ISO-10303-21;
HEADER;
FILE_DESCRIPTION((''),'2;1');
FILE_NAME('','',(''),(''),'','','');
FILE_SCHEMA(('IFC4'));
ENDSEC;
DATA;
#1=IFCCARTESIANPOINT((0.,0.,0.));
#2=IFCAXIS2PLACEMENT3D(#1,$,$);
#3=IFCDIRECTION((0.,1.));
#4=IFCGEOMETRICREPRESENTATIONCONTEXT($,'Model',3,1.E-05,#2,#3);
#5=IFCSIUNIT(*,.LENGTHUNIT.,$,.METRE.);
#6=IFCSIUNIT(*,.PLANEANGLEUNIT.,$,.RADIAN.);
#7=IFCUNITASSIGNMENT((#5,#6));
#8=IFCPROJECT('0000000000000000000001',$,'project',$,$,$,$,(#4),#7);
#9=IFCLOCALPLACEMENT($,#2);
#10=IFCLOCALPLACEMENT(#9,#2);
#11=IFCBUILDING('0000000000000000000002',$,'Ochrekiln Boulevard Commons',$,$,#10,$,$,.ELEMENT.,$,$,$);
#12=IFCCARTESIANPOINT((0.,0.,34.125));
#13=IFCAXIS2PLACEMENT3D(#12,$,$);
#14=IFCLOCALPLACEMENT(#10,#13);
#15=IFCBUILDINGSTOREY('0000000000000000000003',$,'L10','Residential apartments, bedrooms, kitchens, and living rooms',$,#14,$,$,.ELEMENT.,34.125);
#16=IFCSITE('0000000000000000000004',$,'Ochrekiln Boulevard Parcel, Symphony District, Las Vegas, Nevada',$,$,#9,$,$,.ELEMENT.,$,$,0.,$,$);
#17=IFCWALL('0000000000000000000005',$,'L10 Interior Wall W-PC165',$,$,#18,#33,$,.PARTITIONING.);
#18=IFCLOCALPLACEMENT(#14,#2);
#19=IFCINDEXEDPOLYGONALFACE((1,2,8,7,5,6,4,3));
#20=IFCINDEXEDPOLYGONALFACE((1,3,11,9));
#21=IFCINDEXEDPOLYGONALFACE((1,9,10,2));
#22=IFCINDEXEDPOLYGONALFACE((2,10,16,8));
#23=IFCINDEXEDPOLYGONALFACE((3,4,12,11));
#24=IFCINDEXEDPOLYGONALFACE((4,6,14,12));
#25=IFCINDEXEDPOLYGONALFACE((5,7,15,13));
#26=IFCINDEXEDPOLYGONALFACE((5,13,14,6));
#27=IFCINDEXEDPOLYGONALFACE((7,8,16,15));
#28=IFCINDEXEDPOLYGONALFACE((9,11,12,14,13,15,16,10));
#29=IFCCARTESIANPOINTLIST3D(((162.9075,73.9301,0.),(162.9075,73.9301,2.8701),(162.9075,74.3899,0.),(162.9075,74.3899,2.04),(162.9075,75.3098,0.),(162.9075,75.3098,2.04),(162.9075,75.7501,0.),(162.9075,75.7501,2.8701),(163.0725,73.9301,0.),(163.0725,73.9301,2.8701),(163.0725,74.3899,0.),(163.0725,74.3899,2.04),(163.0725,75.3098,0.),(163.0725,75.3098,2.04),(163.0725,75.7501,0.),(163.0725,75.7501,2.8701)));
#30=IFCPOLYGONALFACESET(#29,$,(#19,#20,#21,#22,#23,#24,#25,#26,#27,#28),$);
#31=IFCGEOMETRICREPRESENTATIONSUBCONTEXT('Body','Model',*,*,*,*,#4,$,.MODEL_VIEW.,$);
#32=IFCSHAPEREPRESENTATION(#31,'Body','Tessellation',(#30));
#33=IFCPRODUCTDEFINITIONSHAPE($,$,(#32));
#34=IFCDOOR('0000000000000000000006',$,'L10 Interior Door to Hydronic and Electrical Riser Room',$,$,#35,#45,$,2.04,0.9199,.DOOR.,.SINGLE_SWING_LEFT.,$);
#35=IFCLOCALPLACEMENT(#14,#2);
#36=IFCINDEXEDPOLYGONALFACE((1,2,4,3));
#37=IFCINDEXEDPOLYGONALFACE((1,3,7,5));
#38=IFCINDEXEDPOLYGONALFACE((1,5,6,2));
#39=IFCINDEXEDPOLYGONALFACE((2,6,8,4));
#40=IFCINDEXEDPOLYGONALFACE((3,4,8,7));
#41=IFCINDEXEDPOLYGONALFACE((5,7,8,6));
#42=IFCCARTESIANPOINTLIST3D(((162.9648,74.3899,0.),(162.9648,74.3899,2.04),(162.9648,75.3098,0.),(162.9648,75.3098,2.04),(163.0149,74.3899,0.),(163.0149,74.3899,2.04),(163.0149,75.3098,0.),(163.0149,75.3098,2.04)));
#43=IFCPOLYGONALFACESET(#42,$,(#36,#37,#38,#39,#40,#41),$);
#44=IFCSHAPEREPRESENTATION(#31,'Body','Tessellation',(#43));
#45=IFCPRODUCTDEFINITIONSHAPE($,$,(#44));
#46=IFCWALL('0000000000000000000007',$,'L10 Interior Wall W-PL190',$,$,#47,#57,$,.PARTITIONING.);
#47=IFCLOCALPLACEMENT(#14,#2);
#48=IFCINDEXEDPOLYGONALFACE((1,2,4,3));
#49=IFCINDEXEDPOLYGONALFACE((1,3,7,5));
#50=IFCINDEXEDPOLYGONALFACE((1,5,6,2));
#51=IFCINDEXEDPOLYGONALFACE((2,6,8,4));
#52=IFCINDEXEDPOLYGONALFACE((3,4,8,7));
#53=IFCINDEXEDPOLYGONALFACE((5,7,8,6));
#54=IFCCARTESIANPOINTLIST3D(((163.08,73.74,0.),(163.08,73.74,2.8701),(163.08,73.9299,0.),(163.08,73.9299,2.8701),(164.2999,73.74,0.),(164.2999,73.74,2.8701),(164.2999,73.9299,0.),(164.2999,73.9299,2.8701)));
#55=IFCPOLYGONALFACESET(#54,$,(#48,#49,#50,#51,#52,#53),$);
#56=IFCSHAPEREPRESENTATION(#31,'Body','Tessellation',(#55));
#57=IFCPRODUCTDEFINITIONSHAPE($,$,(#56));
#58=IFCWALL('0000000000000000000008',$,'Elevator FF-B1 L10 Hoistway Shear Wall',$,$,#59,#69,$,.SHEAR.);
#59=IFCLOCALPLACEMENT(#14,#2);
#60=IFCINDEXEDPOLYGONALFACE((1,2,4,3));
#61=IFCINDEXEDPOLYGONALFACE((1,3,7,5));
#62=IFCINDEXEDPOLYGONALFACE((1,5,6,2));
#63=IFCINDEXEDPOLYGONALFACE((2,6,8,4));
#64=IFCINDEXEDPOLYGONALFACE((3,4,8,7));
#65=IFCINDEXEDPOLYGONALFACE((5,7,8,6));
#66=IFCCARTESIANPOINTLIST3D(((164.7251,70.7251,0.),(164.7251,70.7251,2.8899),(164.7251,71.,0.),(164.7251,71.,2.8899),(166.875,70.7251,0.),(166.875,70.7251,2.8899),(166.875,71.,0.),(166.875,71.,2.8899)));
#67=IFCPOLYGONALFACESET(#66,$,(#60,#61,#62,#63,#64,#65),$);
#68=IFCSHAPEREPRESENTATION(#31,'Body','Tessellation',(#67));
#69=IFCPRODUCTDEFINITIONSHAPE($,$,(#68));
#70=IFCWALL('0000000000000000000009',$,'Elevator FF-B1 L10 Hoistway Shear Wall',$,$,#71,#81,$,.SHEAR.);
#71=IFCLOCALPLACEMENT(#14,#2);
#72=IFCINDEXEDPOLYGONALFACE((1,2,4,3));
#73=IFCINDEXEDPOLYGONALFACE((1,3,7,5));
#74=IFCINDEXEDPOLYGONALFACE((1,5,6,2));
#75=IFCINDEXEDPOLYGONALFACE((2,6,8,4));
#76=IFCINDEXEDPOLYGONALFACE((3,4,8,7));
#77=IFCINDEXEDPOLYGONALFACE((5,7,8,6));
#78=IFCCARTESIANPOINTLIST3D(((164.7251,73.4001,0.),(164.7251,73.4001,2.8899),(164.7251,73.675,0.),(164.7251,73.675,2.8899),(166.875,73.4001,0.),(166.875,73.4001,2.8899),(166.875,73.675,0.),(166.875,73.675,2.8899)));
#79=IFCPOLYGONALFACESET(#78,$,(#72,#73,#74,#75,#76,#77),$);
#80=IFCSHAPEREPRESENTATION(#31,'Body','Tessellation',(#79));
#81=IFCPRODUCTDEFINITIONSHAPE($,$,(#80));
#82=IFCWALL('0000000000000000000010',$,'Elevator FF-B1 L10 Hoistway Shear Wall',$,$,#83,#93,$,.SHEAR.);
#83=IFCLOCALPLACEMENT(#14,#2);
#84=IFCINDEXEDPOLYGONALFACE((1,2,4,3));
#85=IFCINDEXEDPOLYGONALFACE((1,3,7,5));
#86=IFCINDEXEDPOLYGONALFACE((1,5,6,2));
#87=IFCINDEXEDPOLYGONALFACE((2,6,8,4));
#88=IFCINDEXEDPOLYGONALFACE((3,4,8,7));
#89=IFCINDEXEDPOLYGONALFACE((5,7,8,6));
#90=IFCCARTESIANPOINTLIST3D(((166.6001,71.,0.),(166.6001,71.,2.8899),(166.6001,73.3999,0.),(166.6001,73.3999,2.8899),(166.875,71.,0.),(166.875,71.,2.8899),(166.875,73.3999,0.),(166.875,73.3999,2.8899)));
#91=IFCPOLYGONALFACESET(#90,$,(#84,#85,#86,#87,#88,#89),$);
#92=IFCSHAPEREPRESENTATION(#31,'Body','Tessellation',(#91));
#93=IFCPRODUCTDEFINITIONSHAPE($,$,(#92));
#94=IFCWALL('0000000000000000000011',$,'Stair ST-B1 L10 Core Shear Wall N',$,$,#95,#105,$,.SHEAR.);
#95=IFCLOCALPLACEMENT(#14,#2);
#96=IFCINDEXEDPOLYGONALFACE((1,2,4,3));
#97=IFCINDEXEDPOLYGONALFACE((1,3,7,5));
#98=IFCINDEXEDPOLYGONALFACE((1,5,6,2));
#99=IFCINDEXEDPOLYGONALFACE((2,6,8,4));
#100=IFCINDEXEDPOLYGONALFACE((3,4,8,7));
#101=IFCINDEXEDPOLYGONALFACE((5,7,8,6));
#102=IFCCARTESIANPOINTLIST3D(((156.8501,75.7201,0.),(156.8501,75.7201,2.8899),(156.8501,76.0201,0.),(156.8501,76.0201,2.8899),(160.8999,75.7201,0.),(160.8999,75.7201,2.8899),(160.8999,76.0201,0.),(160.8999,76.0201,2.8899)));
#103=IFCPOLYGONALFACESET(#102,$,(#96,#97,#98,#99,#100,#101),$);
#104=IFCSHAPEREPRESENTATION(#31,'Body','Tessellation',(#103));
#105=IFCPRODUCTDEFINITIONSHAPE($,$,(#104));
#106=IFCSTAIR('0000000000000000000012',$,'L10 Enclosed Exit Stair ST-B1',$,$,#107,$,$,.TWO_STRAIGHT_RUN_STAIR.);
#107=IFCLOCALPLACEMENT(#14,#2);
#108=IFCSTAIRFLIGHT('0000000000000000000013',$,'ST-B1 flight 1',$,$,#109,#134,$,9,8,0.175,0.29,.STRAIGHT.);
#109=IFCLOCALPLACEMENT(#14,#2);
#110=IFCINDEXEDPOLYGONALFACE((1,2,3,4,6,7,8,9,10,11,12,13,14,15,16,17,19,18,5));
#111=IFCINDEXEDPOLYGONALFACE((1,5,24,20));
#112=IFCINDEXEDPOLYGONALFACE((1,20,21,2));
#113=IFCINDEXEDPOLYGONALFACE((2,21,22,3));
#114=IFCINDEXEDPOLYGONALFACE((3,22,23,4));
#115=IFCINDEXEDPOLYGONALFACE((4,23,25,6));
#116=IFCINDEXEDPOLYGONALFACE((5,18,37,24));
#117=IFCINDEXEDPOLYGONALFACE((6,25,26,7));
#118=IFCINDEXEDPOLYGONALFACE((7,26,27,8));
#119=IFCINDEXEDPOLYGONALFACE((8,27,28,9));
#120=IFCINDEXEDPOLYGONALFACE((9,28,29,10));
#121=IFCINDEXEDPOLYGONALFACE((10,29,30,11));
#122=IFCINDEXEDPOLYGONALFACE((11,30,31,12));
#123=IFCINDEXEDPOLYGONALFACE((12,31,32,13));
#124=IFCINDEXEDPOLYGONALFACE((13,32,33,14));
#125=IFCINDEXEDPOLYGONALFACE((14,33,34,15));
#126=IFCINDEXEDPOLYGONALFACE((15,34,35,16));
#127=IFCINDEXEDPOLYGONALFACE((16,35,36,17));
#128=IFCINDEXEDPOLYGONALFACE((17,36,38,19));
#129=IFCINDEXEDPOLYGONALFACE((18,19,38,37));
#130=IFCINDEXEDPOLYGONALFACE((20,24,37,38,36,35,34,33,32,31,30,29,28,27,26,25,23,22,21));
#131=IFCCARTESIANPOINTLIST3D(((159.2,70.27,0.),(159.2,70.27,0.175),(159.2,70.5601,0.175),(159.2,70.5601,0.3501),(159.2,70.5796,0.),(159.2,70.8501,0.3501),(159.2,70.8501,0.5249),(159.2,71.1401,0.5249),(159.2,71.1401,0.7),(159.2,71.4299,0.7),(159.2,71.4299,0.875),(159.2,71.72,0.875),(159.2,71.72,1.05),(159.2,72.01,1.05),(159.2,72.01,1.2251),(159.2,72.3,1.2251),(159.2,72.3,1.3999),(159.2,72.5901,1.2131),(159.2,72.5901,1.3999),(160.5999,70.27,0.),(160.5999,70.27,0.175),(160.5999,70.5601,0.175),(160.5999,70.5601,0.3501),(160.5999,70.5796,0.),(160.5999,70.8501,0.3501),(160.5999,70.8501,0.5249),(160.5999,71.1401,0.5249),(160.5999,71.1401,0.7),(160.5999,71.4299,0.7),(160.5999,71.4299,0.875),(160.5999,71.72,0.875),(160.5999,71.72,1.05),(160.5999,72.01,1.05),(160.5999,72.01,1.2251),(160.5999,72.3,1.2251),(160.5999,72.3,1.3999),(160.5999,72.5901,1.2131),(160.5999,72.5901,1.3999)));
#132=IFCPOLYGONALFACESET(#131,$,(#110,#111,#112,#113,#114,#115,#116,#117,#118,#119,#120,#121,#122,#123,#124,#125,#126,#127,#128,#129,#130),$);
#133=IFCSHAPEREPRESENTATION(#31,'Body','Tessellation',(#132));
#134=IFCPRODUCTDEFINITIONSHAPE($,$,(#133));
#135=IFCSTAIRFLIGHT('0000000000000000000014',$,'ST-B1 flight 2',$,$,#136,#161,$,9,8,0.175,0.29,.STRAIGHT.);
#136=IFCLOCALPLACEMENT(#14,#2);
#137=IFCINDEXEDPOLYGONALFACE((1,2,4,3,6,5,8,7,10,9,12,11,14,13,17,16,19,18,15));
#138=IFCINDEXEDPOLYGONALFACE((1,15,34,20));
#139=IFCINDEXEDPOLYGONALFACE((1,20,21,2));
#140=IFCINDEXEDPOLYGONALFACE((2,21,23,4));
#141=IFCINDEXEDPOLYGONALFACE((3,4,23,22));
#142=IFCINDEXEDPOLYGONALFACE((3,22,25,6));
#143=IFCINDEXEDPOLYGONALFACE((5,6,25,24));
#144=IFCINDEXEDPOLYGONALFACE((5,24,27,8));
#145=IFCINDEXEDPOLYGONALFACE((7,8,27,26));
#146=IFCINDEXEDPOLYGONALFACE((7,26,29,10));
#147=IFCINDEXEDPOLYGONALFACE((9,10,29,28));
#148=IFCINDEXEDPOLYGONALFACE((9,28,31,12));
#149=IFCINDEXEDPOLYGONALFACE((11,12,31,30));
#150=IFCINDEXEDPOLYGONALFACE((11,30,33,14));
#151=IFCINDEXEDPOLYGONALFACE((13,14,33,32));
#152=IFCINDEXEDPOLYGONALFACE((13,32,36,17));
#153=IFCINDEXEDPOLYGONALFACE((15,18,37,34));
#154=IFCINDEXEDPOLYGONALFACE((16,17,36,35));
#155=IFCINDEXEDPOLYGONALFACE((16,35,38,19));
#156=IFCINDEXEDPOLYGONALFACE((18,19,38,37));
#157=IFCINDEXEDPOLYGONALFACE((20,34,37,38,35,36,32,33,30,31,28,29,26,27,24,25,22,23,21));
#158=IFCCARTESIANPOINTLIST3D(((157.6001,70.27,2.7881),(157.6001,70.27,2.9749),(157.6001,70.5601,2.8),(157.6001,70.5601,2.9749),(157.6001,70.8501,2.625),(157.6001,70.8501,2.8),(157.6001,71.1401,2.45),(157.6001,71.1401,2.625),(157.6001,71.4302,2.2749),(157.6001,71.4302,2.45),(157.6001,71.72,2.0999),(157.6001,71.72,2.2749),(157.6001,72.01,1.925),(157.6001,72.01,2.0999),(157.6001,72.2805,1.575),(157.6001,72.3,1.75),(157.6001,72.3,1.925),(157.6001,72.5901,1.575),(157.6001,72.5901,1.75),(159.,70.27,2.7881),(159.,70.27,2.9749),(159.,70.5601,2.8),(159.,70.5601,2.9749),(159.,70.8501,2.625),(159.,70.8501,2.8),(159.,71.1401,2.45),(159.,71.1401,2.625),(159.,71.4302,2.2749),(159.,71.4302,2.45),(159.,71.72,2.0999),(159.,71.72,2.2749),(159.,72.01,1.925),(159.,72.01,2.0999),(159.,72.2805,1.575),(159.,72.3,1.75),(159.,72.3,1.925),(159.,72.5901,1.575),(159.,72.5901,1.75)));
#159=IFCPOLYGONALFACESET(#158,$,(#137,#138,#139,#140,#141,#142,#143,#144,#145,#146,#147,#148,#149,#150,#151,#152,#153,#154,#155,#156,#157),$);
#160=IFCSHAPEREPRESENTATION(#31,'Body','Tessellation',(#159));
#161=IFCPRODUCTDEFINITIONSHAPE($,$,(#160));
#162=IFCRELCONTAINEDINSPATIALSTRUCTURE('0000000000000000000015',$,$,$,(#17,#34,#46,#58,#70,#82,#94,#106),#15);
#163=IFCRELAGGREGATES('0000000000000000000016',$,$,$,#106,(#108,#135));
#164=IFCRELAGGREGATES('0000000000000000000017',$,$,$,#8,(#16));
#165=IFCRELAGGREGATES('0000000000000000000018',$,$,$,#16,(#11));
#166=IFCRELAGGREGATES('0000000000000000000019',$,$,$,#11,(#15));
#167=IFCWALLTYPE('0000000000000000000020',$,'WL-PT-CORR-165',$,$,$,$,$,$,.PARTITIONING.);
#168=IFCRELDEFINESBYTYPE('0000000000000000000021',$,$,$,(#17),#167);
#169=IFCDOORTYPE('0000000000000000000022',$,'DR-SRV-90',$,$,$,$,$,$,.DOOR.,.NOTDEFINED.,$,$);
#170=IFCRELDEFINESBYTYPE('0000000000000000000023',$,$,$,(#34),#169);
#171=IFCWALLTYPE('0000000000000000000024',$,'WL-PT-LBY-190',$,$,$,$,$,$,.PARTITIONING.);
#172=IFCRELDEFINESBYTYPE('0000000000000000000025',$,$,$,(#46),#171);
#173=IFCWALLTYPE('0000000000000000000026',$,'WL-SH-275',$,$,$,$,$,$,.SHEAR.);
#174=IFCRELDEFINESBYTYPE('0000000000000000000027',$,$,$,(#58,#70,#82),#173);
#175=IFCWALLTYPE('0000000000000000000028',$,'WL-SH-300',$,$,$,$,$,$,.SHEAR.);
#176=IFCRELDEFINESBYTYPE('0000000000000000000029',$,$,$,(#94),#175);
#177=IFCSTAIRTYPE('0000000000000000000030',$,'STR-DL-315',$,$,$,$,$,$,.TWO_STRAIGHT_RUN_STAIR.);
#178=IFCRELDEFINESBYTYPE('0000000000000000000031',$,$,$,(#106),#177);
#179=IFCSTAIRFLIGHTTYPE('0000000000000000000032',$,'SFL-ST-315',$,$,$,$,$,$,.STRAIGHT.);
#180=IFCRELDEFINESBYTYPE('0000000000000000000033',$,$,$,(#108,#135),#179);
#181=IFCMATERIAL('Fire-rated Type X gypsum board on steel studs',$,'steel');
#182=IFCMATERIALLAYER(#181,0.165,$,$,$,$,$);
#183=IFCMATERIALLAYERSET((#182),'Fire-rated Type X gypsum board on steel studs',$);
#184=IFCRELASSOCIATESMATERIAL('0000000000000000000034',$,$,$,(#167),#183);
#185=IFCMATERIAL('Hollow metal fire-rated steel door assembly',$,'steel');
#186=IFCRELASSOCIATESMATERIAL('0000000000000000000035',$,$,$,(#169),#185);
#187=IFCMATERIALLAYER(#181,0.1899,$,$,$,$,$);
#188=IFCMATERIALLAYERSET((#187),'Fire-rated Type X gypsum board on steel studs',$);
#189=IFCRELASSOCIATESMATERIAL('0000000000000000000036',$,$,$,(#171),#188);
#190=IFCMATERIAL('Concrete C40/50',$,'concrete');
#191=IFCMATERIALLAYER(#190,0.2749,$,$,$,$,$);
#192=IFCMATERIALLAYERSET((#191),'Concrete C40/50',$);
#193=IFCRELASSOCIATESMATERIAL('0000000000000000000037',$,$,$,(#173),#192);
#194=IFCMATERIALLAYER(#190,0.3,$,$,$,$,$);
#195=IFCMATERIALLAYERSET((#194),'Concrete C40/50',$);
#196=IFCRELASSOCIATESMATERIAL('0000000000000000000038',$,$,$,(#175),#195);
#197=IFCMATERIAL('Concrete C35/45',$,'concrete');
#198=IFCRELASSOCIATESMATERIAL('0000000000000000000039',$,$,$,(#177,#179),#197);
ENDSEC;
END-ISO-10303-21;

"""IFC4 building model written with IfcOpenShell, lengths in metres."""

from ifc_helpers import new_model, si_unit, direction, frame, frame_2d, origin, place, context, subcontext, project, spatial, polyline, rectangle, outline, extrude, material, layer, layer_set, type_object, element, fill, aggregate, save


model = new_model("IFC4")

# Units and contexts
model_context = context("Model", 3, precision=1e-05, world=origin(), true_north=direction((0.0, 1.0)))
body_context = subcontext(model_context, "Body", "Model", "MODEL_VIEW")
ifc_project = project(units=[si_unit("LENGTHUNIT", "METRE"), si_unit("PLANEANGLEUNIT", "RADIAN")], contexts=[model_context])

# Site, building, storey
site_placement = place(None, origin())
site = spatial("IfcSite", under=ifc_project, at=site_placement, Name="Ochrekiln Boulevard Parcel, Symphony District, Las Vegas, Nevada", CompositionType="ELEMENT", RefElevation=0.0)
building_placement = place(site_placement, origin())
building = spatial("IfcBuilding", under=site, at=building_placement, Name="Ochrekiln Boulevard Commons", CompositionType="ELEMENT")
storey_placement = place(building_placement, frame((0.0, 0.0, 34.125)))
storey = spatial("IfcBuildingStorey", under=building, at=storey_placement, Name="L10", Description="Residential apartments, bedrooms, kitchens, and living rooms", CompositionType="ELEMENT", Elevation=34.125)

# Shared definitions
ifc_material_1 = material(Name="Concrete C35/45", Category="concrete")

# Shared definitions
ifc_material_2 = material(Name="Concrete C40/50", Category="concrete")

# Wall, opening, door
ifc_material_3 = material(Name="Fire-rated Type X gypsum board on steel studs", Category="steel")
ifc_layer_1 = layer(ifc_material_3, 0.165)
ifc_layer_set_1 = layer_set([ifc_layer_1], Name="Fire-rated Type X gypsum board on steel studs")
wall_type_1 = type_object("IfcWallType", Name="WL-PT-CORR-165", PredefinedType="PARTITIONING", material=ifc_layer_set_1)
wall_1_placement = place(storey_placement, frame((162.99, 73.9299, 0.0), z_axis=(0.0, 0.0, 1.0), x_axis=(0.0, 1.0, 0.0)))
wall_1 = element("IfcWall", 1, at=wall_1_placement, inside=storey, type_object=wall_type_1, Name="L10 Interior Wall W-PC165", PredefinedType="PARTITIONING", context=body_context, shape_type="SweptSolid", body=[
    extrude(rectangle(XDim=1.8201, YDim=0.165, at=frame_2d((0.9102, 0.0))), origin(), (0.0, 0.0, 1.0), 2.8701),
])
opening_1_placement = place(wall_1_placement, frame((0.46, 0.0, 0.0)))
opening_1 = element("IfcOpeningElement", 2, at=opening_1_placement, cuts=wall_1, PredefinedType="OPENING", context=body_context, shape_type="SweptSolid", body=[
    extrude(rectangle(XDim=0.9199, YDim=2.04, at=frame_2d((0.46, 1.02))), frame((0.0, 0.0925, 0.0), z_axis=(0.0, -1.0, 0.0), x_axis=(1.0, 0.0, 0.0)), (0.0, 0.0, 1.0), 0.1851),
])
ifc_material_4 = material(Name="Hollow metal fire-rated steel door assembly", Category="steel")
door_type_1 = type_object("IfcDoorType", Name="DR-SRV-90", OperationType="NOTDEFINED", PredefinedType="DOOR", material=ifc_material_4)
door_1_placement = place(opening_1_placement, frame((0.9199, 0.0, 0.0), z_axis=(0.0, 0.0, 1.0), x_axis=(-1.0, 0.0, 0.0)))
door_1 = element("IfcDoor", 3, at=door_1_placement, inside=storey, type_object=door_type_1, Name="L10 Interior Door to Hydronic and Electrical Riser Room", OperationType="SINGLE_SWING_LEFT", OverallHeight=2.04, OverallWidth=0.9199, PredefinedType="DOOR", context=body_context, shape_type="SweptSolid", body=[
    extrude(rectangle(XDim=0.9199, YDim=2.04, at=frame_2d((0.46, 1.02))), frame((0.0, 0.0249, 0.0), z_axis=(0.0, -1.0, 0.0), x_axis=(1.0, 0.0, 0.0)), (0.0, 0.0, 1.0), 0.05),
])
fill(opening_1, door_1)

# Wall
ifc_layer_2 = layer(ifc_material_3, 0.1899)
ifc_layer_set_2 = layer_set([ifc_layer_2], Name="Fire-rated Type X gypsum board on steel studs")
wall_type_2 = type_object("IfcWallType", Name="WL-PT-LBY-190", PredefinedType="PARTITIONING", material=ifc_layer_set_2)
wall_2_placement = place(storey_placement, frame((163.0801, 73.835, 0.0), z_axis=(0.0, 0.0, 1.0), x_axis=(1.0, 0.0, 0.0)))
element("IfcWall", 4, at=wall_2_placement, inside=storey, type_object=wall_type_2, Name="L10 Interior Wall W-PL190", PredefinedType="PARTITIONING", context=body_context, shape_type="SweptSolid", body=[
    extrude(rectangle(XDim=1.22, YDim=0.1899, at=frame_2d((0.6099, 0.0))), origin(), (0.0, 0.0, 1.0), 2.8701),
])

# Walls
ifc_layer_3 = layer(ifc_material_2, 0.2749)
ifc_layer_set_3 = layer_set([ifc_layer_3], Name="Concrete C40/50")
wall_type_3 = type_object("IfcWallType", Name="WL-SH-275", PredefinedType="SHEAR", material=ifc_layer_set_3)
for number, where, z_axis, x_axis, name in (
    (5, (164.7251, 70.8625, 0.0), (0.0, 0.0, 1.0), (1.0, 0.0, 0.0), "Elevator FF-B1 L10 Hoistway Shear Wall"),
    (6, (164.7251, 73.5376, 0.0), (0.0, 0.0, 1.0), (1.0, 0.0, 0.0), "Elevator FF-B1 L10 Hoistway Shear Wall"),
):
    element("IfcWall", number, at=place(storey_placement, frame(where, z_axis=z_axis, x_axis=x_axis)), inside=storey, type_object=wall_type_3, Name=name, PredefinedType="SHEAR", context=body_context, shape_type="SweptSolid", body=[
        extrude(rectangle(XDim=2.1499, YDim=0.2749, at=frame_2d((1.075, 0.0))), origin(), (0.0, 0.0, 1.0), 2.8899),
    ])

# Walls
wall_3_placement = place(storey_placement, frame((166.7375, 71.0, 0.0), z_axis=(0.0, 0.0, 1.0), x_axis=(0.0, 1.0, 0.0)))
element("IfcWall", 7, at=wall_3_placement, inside=storey, type_object=wall_type_3, Name="Elevator FF-B1 L10 Hoistway Shear Wall", PredefinedType="SHEAR", context=body_context, shape_type="SweptSolid", body=[
    extrude(rectangle(XDim=2.3999, YDim=0.2749, at=frame_2d((1.2, 0.0))), origin(), (0.0, 0.0, 1.0), 2.8899),
])
ifc_layer_4 = layer(ifc_material_2, 0.3)
ifc_layer_set_4 = layer_set([ifc_layer_4], Name="Concrete C40/50")
wall_type_4 = type_object("IfcWallType", Name="WL-SH-300", PredefinedType="SHEAR", material=ifc_layer_set_4)
wall_4_placement = place(storey_placement, frame((156.8501, 75.8701, 0.0), z_axis=(0.0, 0.0, 1.0), x_axis=(1.0, 0.0, 0.0)))
element("IfcWall", 8, at=wall_4_placement, inside=storey, type_object=wall_type_4, Name="Stair ST-B1 L10 Core Shear Wall N", PredefinedType="SHEAR", context=body_context, shape_type="SweptSolid", body=[
    extrude(rectangle(XDim=4.0498, YDim=0.3, at=frame_2d((2.0249, 0.0))), origin(), (0.0, 0.0, 1.0), 2.8899),
])

# Stair, stair flights
stair_type = type_object("IfcStairType", Name="STR-DL-315", PredefinedType="TWO_STRAIGHT_RUN_STAIR", material=ifc_material_1)
stair_placement = place(storey_placement, origin())
stair = element("IfcStair", 9, at=stair_placement, inside=storey, type_object=stair_type, Name="L10 Enclosed Exit Stair ST-B1", PredefinedType="TWO_STRAIGHT_RUN_STAIR")
stair_flight_type = type_object("IfcStairFlightType", Name="SFL-ST-315", PredefinedType="STRAIGHT", material=ifc_material_1)
stair_flight_1_placement = place(storey_placement, frame((159.8999, 70.27, 0.0), z_axis=(0.0, 0.0, 1.0), x_axis=(0.0, 1.0, 0.0)))
stair_flight_1 = element("IfcStairFlight", 10, at=stair_flight_1_placement, type_object=stair_flight_type, Name="ST-B1 flight 1", NumberOfRisers=9, NumberOfTreads=8, PredefinedType="STRAIGHT", RiserHeight=0.175, TreadLength=0.29, context=body_context, shape_type="SweptSolid", body=[
    extrude(outline(polyline([(0.0, 0.0), (0.0, 0.175), (0.29, 0.175), (0.29, 0.3501), (0.5801, 0.3501), (0.5801, 0.5249), (0.8701, 0.5249), (0.8701, 0.7), (1.1599, 0.7), (1.1599, 0.875), (1.45, 0.875), (1.45, 1.05), (1.74, 1.05), (1.74, 1.2251), (2.03, 1.2251), (2.03, 1.3999), (2.3201, 1.3999), (2.3201, 1.575), (2.3201, 1.2131), (0.3096, 0.0), (0.0, 0.0)])), frame((0.0, 0.7, 0.0), z_axis=(0.0, -1.0, 0.0), x_axis=(1.0, 0.0, 0.0)), (0.0, 0.0, 1.0), 1.3999),
])
stair_flight_2_placement = place(storey_placement, frame((158.3, 72.5901, 1.575), z_axis=(0.0, 0.0, 1.0), x_axis=(0.0, -1.0, 0.0)))
stair_flight_2 = element("IfcStairFlight", 11, at=stair_flight_2_placement, type_object=stair_flight_type, Name="ST-B1 flight 2", NumberOfRisers=9, NumberOfTreads=8, PredefinedType="STRAIGHT", RiserHeight=0.175, TreadLength=0.29, context=body_context, shape_type="SweptSolid", body=[
    extrude(outline(polyline([(0.0, 0.0), (0.0, 0.175), (0.29, 0.175), (0.29, 0.3501), (0.5801, 0.3501), (0.5801, 0.5249), (0.8701, 0.5249), (0.8701, 0.7), (1.1599, 0.7), (1.1599, 0.875), (1.45, 0.875), (1.45, 1.05), (1.74, 1.05), (1.74, 1.2251), (2.03, 1.2251), (2.03, 1.3999), (2.3201, 1.3999), (2.3201, 1.575), (2.3201, 1.2131), (0.3096, 0.0), (0.0, 0.0)])), frame((0.0, 0.7, 0.0), z_axis=(0.0, -1.0, 0.0), x_axis=(1.0, 0.0, 0.0)), (0.0, 0.0, 1.0), 1.3999),
])
aggregate(stair, [stair_flight_1, stair_flight_2])

save(model, "model.ifc")
